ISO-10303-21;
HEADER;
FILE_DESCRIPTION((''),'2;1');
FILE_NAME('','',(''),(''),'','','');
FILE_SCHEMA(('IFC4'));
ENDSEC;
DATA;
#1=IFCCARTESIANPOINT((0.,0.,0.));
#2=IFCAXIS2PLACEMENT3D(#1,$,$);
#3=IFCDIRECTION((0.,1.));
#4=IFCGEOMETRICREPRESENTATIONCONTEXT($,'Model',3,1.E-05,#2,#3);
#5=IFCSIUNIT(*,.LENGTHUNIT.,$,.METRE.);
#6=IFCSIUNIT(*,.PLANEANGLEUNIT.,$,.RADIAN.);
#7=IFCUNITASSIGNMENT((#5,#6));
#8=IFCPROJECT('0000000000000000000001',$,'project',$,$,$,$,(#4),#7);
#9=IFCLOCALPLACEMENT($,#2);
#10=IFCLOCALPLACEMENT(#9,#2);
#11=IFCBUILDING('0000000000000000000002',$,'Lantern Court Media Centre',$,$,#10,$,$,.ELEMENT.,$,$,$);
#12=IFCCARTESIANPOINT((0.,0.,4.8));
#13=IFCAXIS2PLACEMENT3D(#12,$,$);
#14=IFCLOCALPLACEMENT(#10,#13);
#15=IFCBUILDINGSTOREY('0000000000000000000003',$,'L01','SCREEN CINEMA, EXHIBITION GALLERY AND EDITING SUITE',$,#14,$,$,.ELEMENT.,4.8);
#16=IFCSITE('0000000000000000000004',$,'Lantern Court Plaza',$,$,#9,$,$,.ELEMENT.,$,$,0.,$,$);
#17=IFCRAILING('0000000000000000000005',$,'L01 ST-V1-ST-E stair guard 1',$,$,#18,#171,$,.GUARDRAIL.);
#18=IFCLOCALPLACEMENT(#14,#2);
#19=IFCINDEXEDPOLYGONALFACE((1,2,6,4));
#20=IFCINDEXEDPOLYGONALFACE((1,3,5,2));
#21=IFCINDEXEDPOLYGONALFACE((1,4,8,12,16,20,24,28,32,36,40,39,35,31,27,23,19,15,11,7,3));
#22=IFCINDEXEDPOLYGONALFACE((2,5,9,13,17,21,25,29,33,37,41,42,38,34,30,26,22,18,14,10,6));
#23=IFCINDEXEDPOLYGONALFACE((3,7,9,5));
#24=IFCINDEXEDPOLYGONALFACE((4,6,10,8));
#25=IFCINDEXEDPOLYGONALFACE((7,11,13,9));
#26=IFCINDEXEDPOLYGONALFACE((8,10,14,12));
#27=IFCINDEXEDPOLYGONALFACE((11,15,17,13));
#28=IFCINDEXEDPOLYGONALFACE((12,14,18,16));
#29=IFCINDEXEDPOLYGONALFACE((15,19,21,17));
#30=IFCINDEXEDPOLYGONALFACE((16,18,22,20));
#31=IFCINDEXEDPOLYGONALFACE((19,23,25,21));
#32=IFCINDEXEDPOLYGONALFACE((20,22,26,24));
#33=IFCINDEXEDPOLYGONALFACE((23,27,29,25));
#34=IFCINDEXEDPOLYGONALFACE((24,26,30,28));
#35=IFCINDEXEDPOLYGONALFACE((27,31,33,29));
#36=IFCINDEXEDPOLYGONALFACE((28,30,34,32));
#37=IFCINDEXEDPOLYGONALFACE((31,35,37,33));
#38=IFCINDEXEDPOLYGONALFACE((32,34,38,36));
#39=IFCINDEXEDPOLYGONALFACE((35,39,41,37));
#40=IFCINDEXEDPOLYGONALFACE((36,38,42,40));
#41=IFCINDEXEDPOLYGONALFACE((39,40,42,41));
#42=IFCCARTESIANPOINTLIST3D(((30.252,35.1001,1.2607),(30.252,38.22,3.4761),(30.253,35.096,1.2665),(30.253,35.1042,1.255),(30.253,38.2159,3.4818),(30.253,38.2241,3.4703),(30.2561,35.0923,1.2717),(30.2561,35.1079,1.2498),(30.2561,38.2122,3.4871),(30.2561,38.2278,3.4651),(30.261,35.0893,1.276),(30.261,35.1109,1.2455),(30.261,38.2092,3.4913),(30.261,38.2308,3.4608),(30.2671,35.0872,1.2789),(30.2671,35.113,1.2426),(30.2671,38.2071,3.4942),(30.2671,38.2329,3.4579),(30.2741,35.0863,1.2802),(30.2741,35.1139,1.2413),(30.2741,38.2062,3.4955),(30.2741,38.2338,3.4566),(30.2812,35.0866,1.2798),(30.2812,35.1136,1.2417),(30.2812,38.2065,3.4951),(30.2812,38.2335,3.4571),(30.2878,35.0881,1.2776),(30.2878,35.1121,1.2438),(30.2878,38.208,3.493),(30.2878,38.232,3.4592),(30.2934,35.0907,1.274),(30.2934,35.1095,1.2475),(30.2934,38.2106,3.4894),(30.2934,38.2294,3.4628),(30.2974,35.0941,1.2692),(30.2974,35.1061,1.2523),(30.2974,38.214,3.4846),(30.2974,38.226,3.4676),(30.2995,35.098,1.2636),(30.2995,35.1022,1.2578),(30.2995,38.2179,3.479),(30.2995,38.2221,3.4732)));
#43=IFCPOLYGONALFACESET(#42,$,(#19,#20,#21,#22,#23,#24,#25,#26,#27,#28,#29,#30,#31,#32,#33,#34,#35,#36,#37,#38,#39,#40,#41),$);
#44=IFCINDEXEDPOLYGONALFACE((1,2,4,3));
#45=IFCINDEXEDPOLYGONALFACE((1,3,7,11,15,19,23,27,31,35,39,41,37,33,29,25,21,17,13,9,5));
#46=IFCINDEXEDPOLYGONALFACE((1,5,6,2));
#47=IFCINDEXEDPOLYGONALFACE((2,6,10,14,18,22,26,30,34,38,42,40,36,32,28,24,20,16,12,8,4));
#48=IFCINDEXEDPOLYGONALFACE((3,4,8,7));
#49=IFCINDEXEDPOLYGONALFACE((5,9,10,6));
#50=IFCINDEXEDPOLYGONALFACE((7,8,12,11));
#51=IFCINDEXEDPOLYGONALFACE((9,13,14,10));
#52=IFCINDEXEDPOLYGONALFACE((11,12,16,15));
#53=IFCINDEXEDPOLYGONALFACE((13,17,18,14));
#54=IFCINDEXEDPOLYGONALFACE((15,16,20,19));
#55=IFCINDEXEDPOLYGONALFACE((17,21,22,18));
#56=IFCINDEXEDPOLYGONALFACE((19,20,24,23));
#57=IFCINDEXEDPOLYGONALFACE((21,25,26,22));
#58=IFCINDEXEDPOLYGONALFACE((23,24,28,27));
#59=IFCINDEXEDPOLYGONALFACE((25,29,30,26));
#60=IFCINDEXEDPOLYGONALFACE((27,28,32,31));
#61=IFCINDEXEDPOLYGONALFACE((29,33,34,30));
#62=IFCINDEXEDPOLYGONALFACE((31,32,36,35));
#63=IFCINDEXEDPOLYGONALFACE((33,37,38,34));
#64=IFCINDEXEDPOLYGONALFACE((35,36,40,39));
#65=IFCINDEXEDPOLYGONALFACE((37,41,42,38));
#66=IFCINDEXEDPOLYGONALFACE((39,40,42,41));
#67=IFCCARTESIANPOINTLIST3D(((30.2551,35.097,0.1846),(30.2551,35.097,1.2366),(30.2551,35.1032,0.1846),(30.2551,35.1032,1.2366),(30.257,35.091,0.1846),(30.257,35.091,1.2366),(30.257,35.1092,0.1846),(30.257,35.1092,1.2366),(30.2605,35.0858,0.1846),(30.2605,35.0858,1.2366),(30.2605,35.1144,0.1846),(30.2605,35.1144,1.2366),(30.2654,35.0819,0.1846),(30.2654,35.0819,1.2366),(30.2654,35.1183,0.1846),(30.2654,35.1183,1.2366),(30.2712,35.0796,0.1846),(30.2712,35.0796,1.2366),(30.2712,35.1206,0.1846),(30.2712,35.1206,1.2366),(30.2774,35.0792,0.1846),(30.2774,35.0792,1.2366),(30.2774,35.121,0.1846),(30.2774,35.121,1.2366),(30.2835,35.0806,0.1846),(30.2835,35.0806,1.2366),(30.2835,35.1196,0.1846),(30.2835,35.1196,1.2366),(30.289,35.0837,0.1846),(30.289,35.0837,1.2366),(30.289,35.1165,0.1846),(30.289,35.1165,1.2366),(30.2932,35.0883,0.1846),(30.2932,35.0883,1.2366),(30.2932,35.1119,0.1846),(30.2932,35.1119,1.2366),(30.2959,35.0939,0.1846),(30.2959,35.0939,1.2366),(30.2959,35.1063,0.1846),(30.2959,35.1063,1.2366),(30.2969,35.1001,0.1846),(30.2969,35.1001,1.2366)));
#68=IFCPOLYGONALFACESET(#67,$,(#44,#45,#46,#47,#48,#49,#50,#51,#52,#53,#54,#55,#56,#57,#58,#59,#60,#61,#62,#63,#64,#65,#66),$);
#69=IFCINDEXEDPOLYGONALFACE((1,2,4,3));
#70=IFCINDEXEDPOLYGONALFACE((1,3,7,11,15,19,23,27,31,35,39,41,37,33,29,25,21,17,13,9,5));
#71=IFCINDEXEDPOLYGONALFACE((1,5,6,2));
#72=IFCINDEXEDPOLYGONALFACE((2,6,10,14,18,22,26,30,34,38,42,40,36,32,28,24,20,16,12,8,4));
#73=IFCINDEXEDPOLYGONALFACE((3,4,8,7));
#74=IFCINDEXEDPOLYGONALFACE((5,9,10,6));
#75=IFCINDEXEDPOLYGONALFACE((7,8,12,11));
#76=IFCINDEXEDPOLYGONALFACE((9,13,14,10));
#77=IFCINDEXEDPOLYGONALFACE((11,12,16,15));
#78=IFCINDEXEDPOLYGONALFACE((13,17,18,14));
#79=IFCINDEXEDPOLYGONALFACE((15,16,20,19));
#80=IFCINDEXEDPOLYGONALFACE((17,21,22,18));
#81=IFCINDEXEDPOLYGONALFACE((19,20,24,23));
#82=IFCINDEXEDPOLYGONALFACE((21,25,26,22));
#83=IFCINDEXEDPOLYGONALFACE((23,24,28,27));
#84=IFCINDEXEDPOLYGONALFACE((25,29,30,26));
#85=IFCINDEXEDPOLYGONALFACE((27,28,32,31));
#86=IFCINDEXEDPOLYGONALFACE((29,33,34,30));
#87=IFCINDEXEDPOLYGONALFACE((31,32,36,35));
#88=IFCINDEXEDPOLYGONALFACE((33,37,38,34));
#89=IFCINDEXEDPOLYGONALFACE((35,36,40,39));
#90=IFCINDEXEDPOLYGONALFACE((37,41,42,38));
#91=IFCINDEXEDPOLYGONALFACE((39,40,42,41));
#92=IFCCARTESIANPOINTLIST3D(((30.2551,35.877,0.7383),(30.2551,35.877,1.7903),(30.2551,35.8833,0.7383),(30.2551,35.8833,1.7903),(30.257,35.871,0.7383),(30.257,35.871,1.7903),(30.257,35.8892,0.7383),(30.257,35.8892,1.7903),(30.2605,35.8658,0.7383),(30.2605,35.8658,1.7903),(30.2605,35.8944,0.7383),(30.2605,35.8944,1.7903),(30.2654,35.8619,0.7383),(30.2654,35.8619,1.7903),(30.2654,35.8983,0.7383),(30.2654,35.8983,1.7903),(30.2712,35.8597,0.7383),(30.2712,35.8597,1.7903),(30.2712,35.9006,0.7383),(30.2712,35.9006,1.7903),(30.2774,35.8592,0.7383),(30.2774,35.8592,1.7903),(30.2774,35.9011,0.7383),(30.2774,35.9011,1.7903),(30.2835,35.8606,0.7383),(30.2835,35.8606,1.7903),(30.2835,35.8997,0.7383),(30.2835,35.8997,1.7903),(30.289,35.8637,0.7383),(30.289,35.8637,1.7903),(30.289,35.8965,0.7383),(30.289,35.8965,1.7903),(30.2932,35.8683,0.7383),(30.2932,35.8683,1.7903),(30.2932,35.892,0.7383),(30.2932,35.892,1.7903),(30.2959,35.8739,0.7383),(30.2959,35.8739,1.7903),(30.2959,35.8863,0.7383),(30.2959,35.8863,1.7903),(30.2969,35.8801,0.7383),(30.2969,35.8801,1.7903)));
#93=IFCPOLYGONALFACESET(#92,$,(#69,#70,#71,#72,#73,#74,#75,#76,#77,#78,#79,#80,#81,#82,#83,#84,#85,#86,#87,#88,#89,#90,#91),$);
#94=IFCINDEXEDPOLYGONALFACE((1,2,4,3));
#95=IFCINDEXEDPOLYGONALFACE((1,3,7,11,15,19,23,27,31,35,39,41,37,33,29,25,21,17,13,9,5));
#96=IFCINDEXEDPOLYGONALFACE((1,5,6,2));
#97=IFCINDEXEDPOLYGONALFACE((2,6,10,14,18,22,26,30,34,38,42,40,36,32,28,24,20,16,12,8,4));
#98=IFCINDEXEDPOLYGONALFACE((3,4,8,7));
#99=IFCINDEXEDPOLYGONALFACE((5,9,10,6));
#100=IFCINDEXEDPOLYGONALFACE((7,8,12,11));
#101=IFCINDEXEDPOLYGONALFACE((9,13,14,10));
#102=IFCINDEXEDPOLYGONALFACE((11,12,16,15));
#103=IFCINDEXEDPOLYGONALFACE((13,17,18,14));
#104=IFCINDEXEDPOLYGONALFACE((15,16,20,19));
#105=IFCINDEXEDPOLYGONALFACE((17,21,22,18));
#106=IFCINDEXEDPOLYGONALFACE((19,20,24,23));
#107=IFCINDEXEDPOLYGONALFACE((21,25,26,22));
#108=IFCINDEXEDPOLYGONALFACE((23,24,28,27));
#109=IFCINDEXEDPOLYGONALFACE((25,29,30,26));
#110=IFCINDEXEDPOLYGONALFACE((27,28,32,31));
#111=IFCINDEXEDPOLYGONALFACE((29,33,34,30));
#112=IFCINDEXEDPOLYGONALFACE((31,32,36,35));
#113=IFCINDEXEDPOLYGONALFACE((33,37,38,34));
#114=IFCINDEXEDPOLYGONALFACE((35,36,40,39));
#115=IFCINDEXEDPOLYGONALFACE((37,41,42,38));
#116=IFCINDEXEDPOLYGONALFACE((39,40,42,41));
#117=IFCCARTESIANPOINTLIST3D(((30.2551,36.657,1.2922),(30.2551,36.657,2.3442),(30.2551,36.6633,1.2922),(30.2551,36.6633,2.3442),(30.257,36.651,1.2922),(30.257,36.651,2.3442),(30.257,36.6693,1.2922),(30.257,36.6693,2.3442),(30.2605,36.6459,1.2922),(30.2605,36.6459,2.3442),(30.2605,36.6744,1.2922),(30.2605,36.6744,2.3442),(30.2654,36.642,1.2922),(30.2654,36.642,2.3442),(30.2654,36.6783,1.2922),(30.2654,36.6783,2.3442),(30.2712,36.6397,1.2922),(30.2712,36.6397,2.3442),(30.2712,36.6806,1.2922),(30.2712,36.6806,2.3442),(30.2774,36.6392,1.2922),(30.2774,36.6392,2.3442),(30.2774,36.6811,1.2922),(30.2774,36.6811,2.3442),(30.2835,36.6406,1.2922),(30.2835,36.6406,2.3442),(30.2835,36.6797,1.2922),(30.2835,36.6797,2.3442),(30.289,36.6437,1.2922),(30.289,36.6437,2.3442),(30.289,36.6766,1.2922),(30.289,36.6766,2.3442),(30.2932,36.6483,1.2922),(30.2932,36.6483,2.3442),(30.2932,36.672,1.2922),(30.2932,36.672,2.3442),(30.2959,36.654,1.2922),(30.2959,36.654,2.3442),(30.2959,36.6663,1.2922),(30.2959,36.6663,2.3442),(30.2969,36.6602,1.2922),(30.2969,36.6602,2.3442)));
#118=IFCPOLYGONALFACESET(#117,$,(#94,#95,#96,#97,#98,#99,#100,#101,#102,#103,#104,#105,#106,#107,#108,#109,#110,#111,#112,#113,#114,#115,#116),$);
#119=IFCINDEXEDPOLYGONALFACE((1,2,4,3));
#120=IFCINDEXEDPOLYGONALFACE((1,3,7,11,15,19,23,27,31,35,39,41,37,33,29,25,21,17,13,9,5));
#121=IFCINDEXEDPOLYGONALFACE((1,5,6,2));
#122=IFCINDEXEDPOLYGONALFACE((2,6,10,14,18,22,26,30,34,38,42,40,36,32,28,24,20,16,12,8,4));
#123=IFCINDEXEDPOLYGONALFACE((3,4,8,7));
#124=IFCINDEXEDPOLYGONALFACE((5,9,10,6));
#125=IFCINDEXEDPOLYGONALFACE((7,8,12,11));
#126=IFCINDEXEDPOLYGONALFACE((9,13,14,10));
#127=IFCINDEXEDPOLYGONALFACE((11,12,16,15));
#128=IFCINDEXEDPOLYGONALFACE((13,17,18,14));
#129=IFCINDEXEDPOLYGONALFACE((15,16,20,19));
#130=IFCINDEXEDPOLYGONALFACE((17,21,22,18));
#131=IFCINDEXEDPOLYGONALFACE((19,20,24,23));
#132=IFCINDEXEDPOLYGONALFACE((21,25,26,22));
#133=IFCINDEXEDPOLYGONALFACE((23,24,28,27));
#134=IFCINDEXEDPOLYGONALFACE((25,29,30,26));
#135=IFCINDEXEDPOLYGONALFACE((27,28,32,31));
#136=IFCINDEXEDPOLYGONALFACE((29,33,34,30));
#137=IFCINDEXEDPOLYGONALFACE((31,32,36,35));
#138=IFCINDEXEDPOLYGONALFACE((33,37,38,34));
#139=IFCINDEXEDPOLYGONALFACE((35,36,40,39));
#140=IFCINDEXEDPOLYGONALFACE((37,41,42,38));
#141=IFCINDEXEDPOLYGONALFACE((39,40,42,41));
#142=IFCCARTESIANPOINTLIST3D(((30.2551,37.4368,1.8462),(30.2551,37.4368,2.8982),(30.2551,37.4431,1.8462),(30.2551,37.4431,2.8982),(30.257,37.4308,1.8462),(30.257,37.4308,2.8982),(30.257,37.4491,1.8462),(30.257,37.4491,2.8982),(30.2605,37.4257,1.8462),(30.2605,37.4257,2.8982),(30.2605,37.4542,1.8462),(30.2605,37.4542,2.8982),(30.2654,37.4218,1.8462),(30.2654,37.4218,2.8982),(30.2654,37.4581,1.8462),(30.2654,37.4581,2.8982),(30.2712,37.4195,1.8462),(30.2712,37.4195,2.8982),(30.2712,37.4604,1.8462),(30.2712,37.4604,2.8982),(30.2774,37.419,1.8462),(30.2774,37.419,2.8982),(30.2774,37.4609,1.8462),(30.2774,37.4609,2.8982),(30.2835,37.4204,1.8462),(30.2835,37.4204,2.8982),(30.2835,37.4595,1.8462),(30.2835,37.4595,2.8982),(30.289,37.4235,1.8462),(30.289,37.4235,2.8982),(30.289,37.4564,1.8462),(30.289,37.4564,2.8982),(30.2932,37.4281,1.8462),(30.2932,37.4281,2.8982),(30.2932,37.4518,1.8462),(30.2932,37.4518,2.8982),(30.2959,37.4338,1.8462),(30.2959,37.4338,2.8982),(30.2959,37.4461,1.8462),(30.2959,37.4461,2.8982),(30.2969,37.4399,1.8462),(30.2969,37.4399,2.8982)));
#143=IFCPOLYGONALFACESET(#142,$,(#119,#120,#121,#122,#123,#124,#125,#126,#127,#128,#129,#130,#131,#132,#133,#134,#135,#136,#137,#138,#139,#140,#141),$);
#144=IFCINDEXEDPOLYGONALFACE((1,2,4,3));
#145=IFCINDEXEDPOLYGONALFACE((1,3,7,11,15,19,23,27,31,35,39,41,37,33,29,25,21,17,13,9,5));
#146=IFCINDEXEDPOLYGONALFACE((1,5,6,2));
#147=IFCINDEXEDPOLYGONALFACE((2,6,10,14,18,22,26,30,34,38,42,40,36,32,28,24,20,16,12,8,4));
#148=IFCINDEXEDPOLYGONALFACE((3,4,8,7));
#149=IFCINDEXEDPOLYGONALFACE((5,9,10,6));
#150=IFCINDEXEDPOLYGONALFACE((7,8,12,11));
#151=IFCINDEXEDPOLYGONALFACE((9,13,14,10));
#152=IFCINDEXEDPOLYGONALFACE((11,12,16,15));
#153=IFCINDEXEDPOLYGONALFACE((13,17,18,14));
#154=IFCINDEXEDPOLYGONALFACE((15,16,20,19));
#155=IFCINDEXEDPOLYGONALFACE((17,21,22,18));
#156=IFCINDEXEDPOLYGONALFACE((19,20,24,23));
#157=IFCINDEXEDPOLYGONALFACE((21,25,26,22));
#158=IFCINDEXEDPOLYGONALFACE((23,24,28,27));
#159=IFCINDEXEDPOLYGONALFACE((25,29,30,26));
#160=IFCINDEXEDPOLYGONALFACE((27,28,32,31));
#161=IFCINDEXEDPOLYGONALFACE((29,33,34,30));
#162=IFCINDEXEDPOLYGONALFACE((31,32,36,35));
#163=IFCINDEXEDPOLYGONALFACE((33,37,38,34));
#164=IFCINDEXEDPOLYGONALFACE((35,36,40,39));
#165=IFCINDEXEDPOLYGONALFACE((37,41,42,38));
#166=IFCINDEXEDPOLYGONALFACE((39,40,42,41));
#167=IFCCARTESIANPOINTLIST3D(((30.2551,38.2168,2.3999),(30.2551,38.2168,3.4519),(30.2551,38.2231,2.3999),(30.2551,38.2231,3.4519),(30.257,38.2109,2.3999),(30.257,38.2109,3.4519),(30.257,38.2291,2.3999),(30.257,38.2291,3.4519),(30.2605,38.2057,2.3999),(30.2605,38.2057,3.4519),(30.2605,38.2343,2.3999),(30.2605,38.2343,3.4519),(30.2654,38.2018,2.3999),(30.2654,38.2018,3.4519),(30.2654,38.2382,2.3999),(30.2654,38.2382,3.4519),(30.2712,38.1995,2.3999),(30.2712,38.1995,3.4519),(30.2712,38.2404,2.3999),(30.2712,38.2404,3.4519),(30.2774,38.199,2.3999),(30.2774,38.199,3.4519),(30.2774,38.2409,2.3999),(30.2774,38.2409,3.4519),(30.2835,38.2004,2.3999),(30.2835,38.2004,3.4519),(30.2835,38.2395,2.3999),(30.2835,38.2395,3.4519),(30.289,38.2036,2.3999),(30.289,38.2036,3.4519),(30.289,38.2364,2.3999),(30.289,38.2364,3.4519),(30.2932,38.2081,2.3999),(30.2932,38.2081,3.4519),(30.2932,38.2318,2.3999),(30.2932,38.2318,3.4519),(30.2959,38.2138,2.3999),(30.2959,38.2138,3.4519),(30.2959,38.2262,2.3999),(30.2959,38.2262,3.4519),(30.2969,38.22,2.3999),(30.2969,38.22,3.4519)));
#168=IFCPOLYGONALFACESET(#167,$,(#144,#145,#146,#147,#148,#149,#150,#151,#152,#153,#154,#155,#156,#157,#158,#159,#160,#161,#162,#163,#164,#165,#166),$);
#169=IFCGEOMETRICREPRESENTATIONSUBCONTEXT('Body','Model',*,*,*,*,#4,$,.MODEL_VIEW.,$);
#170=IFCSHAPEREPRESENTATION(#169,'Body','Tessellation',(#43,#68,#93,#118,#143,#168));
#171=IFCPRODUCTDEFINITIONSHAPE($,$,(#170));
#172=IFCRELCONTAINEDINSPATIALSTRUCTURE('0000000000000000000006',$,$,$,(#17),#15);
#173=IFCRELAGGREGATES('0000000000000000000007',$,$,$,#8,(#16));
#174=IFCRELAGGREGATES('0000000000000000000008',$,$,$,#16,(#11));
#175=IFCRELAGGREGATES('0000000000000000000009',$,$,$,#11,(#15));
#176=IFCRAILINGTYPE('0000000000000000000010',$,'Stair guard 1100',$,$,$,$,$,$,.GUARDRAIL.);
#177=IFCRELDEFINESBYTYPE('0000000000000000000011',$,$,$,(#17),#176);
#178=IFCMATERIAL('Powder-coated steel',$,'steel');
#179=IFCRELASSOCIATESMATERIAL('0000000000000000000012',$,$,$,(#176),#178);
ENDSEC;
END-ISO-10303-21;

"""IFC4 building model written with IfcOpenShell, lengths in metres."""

from ifc_helpers import new_model, si_unit, direction, frame, origin, origin_2d, place, context, subcontext, project, spatial, circle, extrude, material, type_object, element, save


model = new_model("IFC4")

# Units and contexts
model_context = context("Model", 3, precision=1e-05, world=origin(), true_north=direction((0.0, 1.0)))
body_context = subcontext(model_context, "Body", "Model", "MODEL_VIEW")
ifc_project = project(units=[si_unit("LENGTHUNIT", "METRE"), si_unit("PLANEANGLEUNIT", "RADIAN")], contexts=[model_context])

# Site, building, storey
site_placement = place(None, origin())
site = spatial("IfcSite", under=ifc_project, at=site_placement, Name="Lantern Court Plaza", CompositionType="ELEMENT", RefElevation=0.0)
building_placement = place(site_placement, origin())
building = spatial("IfcBuilding", under=site, at=building_placement, Name="Lantern Court Media Centre", CompositionType="ELEMENT")
storey_placement = place(building_placement, frame((0.0, 0.0, 4.8)))
storey = spatial("IfcBuildingStorey", under=building, at=storey_placement, Name="L01", Description="SCREEN CINEMA, EXHIBITION GALLERY AND EDITING SUITE", CompositionType="ELEMENT", Elevation=4.8)

# Railing
ifc_material_1 = material(Name="Powder-coated steel", Category="steel")
railing_type_1 = type_object("IfcRailingType", Name="Stair guard 1100", PredefinedType="GUARDRAIL", material=ifc_material_1)
railing_1_placement = place(storey_placement, frame((30.2759, 35.1001, 0.1846)))
element("IfcRailing", 1, at=railing_1_placement, inside=storey, type_object=railing_type_1, Name="L01 ST-V1-ST-E stair guard 1", PredefinedType="GUARDRAIL", context=body_context, shape_type="SweptSolid", body=[
    extrude(circle(Radius=0.0239, at=origin_2d()), frame((0.0, 0.0, 1.0762), z_axis=(0.0, 0.815356, 0.578961), x_axis=(-1.0, 0.0, 0.0)), (0.0, 0.0, 1.0), 3.8264),
    extrude(circle(Radius=0.021, at=origin_2d()), origin(), (0.0, 0.0, 1.0), 1.052),
    extrude(circle(Radius=0.021, at=origin_2d()), frame((0.0, 0.78, 0.5537)), (0.0, 0.0, 1.0), 1.052),
    extrude(circle(Radius=0.021, at=origin_2d()), frame((0.0, 1.5601, 1.1077)), (0.0, 0.0, 1.0), 1.052),
    extrude(circle(Radius=0.021, at=origin_2d()), frame((0.0, 2.3398, 1.6616)), (0.0, 0.0, 1.0), 1.052),
    extrude(circle(Radius=0.021, at=origin_2d()), frame((0.0, 3.1199, 2.2153)), (0.0, 0.0, 1.0), 1.052),
])

save(model, "model.ifc")
